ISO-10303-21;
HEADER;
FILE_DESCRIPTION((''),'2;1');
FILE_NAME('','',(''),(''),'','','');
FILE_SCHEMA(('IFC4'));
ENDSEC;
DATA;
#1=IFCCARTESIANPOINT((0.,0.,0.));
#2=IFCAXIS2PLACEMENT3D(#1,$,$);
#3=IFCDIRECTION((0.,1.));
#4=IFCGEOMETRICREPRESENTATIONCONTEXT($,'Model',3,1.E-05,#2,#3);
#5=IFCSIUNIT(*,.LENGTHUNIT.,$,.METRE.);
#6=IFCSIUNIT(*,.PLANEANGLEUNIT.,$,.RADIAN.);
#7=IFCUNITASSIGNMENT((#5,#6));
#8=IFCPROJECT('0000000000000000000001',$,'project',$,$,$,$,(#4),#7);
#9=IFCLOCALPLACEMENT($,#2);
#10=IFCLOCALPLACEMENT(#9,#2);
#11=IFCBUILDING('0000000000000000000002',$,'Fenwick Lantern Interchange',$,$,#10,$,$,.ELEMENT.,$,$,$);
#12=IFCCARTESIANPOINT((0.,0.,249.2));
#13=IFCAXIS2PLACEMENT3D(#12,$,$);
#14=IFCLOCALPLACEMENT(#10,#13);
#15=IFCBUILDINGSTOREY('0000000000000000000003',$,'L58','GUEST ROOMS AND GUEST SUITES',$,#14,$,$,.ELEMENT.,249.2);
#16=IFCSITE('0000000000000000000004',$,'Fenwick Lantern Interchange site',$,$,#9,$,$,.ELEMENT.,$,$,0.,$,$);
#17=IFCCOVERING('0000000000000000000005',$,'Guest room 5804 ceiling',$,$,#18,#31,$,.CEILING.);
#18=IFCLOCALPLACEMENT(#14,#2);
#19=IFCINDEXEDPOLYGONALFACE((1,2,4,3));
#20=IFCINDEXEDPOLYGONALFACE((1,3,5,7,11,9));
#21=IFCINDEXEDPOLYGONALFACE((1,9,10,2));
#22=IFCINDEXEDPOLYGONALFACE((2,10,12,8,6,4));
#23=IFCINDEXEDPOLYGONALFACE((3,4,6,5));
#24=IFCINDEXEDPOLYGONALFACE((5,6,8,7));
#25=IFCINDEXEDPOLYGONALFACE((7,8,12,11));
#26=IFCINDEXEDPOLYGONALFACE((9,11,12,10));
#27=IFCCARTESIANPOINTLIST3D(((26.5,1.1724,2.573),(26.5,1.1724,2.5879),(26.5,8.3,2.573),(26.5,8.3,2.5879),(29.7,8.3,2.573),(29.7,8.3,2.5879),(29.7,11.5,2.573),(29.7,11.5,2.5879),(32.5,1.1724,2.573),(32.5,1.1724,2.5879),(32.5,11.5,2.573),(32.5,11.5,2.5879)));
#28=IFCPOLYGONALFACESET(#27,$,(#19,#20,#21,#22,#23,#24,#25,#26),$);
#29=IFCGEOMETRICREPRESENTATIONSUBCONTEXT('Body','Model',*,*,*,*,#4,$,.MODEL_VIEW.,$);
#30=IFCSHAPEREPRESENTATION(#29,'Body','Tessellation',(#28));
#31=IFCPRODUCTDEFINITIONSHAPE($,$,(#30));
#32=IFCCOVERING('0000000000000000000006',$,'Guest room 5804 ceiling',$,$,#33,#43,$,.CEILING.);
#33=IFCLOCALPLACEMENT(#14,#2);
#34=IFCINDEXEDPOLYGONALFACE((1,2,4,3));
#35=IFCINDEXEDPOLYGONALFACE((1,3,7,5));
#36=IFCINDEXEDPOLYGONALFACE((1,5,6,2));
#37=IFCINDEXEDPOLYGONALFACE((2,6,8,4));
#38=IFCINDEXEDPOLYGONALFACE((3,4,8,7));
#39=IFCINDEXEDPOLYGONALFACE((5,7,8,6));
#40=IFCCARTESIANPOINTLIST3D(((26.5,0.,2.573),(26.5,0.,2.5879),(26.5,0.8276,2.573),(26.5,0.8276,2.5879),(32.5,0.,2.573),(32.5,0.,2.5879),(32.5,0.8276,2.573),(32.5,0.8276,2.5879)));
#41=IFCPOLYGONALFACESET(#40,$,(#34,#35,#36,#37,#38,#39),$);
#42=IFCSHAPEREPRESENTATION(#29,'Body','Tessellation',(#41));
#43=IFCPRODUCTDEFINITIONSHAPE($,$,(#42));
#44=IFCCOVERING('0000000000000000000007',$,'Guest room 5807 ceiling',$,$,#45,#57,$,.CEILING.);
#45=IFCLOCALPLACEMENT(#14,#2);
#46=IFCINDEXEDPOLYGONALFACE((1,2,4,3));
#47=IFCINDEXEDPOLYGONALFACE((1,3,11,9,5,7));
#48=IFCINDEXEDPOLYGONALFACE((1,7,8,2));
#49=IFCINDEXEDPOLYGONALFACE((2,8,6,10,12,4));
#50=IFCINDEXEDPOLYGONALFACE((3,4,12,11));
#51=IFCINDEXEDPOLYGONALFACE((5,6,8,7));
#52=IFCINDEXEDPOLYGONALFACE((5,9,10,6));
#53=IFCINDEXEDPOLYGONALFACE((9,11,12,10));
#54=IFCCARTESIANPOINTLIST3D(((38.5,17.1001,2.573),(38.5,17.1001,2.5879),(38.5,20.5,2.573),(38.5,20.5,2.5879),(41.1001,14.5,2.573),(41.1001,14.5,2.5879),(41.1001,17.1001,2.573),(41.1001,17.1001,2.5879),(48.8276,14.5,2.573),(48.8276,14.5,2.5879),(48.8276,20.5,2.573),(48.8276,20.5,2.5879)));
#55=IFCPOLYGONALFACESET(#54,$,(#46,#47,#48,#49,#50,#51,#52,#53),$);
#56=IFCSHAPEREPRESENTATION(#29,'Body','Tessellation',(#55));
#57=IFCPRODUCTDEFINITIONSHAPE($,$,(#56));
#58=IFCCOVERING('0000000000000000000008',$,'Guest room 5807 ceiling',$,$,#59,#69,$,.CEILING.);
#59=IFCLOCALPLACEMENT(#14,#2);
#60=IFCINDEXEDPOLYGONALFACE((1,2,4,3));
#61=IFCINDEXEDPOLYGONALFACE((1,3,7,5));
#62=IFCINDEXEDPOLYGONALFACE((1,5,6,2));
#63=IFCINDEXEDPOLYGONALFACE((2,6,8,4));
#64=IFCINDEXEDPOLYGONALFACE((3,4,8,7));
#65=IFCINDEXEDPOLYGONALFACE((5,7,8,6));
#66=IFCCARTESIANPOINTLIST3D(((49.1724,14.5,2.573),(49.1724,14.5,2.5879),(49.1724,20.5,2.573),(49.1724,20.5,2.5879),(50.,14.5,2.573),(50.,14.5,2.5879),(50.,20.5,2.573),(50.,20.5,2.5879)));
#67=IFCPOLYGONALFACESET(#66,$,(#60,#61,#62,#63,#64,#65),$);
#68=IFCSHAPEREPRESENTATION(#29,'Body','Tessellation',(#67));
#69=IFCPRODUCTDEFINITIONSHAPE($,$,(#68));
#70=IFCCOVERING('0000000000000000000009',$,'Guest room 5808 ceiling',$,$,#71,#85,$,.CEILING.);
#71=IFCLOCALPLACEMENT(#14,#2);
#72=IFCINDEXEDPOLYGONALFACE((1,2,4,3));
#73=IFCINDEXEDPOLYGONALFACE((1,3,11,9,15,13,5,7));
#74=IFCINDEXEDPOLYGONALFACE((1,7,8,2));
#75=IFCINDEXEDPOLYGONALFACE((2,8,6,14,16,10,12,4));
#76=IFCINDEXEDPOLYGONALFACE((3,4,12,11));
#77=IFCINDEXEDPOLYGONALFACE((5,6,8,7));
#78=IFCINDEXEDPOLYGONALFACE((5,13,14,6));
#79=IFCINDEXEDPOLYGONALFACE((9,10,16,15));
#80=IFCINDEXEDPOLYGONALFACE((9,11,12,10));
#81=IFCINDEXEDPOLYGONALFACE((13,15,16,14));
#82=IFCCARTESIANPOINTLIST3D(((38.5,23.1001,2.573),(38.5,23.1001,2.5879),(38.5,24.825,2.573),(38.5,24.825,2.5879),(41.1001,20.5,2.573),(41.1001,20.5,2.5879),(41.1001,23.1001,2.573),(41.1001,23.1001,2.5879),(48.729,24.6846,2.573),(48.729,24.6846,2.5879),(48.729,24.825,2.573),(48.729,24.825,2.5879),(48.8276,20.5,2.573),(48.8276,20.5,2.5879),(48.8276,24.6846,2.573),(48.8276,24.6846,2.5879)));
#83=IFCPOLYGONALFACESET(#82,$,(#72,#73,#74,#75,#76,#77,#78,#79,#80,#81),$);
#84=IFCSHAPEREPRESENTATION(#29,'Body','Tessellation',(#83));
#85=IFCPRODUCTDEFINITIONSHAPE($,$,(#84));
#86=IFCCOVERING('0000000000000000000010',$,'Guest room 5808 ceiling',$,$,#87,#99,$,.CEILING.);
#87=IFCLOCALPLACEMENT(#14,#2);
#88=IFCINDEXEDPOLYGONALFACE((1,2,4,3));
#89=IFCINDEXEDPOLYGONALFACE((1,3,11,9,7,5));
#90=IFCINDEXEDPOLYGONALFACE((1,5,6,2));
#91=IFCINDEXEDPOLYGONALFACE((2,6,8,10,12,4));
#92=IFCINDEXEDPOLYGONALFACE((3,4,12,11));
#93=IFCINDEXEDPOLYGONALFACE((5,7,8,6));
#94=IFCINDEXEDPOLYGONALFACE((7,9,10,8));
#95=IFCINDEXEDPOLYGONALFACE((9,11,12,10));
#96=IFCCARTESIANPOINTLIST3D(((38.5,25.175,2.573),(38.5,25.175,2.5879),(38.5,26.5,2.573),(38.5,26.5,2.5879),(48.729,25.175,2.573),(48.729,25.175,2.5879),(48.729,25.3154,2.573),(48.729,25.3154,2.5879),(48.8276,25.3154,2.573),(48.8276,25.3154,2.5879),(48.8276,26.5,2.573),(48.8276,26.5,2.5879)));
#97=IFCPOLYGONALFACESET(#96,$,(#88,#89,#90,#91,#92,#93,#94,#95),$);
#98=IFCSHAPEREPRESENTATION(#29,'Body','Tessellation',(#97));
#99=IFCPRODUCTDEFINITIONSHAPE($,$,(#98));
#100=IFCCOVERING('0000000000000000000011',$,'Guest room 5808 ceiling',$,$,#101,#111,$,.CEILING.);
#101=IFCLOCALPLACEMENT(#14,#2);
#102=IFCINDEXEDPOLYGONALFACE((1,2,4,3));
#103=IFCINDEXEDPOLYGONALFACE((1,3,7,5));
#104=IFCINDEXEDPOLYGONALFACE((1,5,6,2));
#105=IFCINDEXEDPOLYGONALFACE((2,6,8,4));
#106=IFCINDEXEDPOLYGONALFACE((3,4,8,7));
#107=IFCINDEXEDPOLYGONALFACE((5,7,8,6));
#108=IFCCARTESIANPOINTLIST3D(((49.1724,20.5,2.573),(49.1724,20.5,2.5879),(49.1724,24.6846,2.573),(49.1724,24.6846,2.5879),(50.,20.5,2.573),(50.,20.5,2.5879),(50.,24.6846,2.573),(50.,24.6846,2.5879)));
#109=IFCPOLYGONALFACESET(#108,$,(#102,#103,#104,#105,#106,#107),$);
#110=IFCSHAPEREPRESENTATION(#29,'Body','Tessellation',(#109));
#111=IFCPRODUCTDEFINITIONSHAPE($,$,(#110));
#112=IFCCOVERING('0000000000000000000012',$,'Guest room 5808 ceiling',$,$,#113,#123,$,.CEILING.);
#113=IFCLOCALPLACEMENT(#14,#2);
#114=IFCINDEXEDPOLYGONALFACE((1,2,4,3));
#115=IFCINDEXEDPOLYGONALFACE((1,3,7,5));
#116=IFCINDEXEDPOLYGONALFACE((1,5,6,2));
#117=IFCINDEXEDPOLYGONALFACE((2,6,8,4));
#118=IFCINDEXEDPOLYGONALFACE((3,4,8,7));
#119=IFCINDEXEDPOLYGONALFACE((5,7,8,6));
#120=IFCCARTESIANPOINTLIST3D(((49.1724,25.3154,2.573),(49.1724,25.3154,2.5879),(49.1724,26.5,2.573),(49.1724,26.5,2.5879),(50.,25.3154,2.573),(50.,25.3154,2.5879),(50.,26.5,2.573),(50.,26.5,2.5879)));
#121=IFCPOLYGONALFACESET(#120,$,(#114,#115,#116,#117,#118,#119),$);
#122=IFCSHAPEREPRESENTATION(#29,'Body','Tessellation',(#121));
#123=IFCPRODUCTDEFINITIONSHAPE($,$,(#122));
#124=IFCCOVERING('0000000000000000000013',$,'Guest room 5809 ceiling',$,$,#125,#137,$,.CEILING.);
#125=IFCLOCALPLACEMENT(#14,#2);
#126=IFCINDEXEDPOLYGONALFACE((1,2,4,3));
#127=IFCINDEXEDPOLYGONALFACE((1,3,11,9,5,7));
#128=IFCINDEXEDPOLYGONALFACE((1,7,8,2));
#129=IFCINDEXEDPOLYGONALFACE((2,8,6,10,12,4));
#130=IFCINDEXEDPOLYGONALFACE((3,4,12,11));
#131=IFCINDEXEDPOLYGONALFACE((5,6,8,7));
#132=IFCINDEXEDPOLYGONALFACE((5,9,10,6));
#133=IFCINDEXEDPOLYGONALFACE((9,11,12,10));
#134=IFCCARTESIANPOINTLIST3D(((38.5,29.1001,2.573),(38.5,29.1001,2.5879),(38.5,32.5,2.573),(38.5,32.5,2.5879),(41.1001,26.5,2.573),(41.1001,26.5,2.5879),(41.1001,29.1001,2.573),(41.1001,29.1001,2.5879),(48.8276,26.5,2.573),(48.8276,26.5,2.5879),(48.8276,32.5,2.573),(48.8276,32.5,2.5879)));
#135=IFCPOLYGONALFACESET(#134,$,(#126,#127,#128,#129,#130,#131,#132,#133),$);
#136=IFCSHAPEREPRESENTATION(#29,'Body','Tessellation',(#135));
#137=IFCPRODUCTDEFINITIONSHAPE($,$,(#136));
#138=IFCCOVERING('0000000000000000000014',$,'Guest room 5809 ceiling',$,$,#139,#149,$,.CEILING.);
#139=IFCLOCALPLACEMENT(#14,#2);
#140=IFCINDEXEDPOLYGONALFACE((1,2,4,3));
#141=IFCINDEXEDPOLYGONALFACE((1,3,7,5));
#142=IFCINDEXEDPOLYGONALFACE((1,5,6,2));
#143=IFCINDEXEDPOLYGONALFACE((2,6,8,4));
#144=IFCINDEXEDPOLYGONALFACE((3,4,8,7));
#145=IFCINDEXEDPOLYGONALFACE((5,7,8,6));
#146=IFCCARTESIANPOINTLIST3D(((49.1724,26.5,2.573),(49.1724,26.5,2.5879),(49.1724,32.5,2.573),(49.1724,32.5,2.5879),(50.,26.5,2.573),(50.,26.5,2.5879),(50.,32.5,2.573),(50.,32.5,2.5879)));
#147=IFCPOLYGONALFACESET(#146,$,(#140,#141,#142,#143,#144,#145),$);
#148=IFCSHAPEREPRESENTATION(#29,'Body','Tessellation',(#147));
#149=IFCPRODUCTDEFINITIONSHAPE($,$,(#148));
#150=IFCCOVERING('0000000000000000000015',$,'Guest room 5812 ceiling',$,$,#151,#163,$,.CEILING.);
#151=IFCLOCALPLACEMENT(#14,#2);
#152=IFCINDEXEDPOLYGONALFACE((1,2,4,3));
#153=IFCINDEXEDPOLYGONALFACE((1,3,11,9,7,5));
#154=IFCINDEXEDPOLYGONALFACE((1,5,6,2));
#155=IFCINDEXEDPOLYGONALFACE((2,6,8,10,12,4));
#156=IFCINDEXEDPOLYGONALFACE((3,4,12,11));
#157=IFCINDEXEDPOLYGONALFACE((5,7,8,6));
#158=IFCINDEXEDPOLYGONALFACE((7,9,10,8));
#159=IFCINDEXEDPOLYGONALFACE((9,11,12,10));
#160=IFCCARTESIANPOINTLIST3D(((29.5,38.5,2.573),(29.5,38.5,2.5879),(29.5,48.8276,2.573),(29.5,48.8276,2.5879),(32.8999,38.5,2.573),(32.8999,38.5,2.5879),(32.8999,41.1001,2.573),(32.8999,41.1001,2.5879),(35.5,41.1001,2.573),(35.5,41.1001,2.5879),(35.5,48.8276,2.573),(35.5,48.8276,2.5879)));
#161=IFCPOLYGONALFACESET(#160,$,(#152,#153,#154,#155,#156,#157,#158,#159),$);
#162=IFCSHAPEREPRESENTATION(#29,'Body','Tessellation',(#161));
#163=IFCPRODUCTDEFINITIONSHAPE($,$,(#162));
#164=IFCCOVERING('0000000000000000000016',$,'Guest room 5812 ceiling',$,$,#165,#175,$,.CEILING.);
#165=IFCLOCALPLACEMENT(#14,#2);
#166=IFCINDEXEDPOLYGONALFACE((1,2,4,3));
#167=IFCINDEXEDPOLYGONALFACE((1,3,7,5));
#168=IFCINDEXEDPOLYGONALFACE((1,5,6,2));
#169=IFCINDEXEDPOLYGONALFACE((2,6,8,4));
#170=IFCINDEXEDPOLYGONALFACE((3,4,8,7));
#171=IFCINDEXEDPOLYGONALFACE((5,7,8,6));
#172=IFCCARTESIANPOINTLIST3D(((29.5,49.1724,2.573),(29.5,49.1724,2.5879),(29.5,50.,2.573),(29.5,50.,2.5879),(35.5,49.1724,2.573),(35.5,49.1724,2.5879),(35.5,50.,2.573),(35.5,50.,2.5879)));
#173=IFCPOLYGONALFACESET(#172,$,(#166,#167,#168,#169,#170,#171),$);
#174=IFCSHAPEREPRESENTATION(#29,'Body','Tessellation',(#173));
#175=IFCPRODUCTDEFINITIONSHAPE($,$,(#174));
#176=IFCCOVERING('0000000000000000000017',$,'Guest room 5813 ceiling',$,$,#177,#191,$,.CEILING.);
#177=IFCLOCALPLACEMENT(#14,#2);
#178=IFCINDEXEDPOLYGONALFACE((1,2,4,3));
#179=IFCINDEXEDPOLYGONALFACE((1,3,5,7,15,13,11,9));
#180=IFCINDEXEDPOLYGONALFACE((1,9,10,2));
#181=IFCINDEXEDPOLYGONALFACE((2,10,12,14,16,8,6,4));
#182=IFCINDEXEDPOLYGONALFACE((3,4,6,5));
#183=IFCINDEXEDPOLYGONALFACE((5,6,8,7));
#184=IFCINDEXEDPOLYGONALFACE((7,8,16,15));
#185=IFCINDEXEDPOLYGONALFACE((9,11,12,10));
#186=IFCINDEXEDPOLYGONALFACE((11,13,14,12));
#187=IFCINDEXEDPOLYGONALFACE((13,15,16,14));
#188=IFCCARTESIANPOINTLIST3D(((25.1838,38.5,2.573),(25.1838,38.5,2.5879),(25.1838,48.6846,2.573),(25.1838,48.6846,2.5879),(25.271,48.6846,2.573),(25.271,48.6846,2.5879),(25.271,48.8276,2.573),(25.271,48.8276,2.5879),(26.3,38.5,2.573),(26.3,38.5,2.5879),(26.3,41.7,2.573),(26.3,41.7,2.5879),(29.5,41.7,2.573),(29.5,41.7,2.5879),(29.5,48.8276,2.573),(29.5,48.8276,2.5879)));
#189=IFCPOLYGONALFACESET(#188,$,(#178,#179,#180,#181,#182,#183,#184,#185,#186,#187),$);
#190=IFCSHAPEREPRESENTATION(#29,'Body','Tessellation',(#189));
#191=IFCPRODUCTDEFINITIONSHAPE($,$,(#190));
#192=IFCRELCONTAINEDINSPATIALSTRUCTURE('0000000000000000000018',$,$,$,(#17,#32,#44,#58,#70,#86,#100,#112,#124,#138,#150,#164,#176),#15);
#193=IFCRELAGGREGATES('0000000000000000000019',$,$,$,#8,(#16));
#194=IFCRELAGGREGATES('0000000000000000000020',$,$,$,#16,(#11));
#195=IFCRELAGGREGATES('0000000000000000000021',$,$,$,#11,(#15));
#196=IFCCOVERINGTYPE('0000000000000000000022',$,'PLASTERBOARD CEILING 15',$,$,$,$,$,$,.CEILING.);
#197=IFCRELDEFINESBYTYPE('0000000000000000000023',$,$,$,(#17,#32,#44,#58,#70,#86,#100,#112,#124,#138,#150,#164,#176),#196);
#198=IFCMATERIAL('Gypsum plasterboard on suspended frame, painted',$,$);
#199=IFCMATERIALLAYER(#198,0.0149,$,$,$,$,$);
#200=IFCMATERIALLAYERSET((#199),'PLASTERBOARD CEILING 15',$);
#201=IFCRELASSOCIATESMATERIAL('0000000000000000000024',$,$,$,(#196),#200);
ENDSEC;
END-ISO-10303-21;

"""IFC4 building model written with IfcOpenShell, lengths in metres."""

from ifc_helpers import new_model, si_unit, direction, frame, origin, place, context, subcontext, project, spatial, polyline, outline, extrude, material, layer, layer_set, type_object, element, save


model = new_model("IFC4")

# Units and contexts
model_context = context("Model", 3, precision=1e-05, world=origin(), true_north=direction((0.0, 1.0)))
body_context = subcontext(model_context, "Body", "Model", "MODEL_VIEW")
ifc_project = project(units=[si_unit("LENGTHUNIT", "METRE"), si_unit("PLANEANGLEUNIT", "RADIAN")], contexts=[model_context])

# Site, building, storey
site_placement = place(None, origin())
site = spatial("IfcSite", under=ifc_project, at=site_placement, Name="Fenwick Lantern Interchange site", CompositionType="ELEMENT", RefElevation=0.0)
building_placement = place(site_placement, origin())
building = spatial("IfcBuilding", under=site, at=building_placement, Name="Fenwick Lantern Interchange", CompositionType="ELEMENT")
storey_placement = place(building_placement, frame((0.0, 0.0, 249.2)))
storey = spatial("IfcBuildingStorey", under=building, at=storey_placement, Name="L58", Description="GUEST ROOMS AND GUEST SUITES", CompositionType="ELEMENT", Elevation=249.2)

# Coverings
ifc_material_1 = material(Name="Gypsum plasterboard on suspended frame, painted")
ifc_layer_1 = layer(ifc_material_1, 0.0149)
ifc_layer_set_1 = layer_set([ifc_layer_1], Name="PLASTERBOARD CEILING 15")
covering_type_1 = type_object("IfcCoveringType", Name="PLASTERBOARD CEILING 15", PredefinedType="CEILING", material=ifc_layer_set_1)
covering_1_placement = place(storey_placement, frame((0.0, 0.0, 2.573)))
element("IfcCovering", 1, at=covering_1_placement, inside=storey, type_object=covering_type_1, Name="Guest room 5804 ceiling", PredefinedType="CEILING", context=body_context, shape_type="SweptSolid", body=[
    extrude(outline(polyline([(32.5, 1.1724), (32.5, 11.5), (29.7, 11.5), (29.7, 8.3), (26.5, 8.3), (26.5, 1.1724), (32.5, 1.1724)])), origin(), (0.0, 0.0, 1.0), 0.0149),
])
covering_2_placement = place(storey_placement, frame((0.0, 0.0, 2.573)))
element("IfcCovering", 2, at=covering_2_placement, inside=storey, type_object=covering_type_1, Name="Guest room 5804 ceiling", PredefinedType="CEILING", context=body_context, shape_type="SweptSolid", body=[
    extrude(outline(polyline([(32.5, 0.0), (32.5, 0.8276), (26.5, 0.8276), (26.5, 0.0), (32.5, 0.0)])), origin(), (0.0, 0.0, 1.0), 0.0149),
])
covering_3_placement = place(storey_placement, frame((0.0, 0.0, 2.573)))
element("IfcCovering", 3, at=covering_3_placement, inside=storey, type_object=covering_type_1, Name="Guest room 5807 ceiling", PredefinedType="CEILING", context=body_context, shape_type="SweptSolid", body=[
    extrude(outline(polyline([(48.8276, 20.5), (38.5, 20.5), (38.5, 17.1001), (41.1001, 17.1001), (41.1001, 14.5), (48.8276, 14.5), (48.8276, 20.5)])), origin(), (0.0, 0.0, 1.0), 0.0149),
])
covering_4_placement = place(storey_placement, frame((0.0, 0.0, 2.573)))
element("IfcCovering", 4, at=covering_4_placement, inside=storey, type_object=covering_type_1, Name="Guest room 5807 ceiling", PredefinedType="CEILING", context=body_context, shape_type="SweptSolid", body=[
    extrude(outline(polyline([(50.0, 20.5), (49.1724, 20.5), (49.1724, 14.5), (50.0, 14.5), (50.0, 20.5)])), origin(), (0.0, 0.0, 1.0), 0.0149),
])
covering_5_placement = place(storey_placement, frame((0.0, 0.0, 2.573)))
element("IfcCovering", 5, at=covering_5_placement, inside=storey, type_object=covering_type_1, Name="Guest room 5808 ceiling", PredefinedType="CEILING", context=body_context, shape_type="SweptSolid", body=[
    extrude(outline(polyline([(48.729, 24.6846), (48.729, 24.825), (38.5, 24.825), (38.5, 23.1001), (41.1001, 23.1001), (41.1001, 20.5), (48.8276, 20.5), (48.8276, 24.6846), (48.729, 24.6846)])), origin(), (0.0, 0.0, 1.0), 0.0149),
])
covering_6_placement = place(storey_placement, frame((0.0, 0.0, 2.573)))
element("IfcCovering", 6, at=covering_6_placement, inside=storey, type_object=covering_type_1, Name="Guest room 5808 ceiling", PredefinedType="CEILING", context=body_context, shape_type="SweptSolid", body=[
    extrude(outline(polyline([(48.729, 25.3154), (48.8276, 25.3154), (48.8276, 26.5), (38.5, 26.5), (38.5, 25.175), (48.729, 25.175), (48.729, 25.3154)])), origin(), (0.0, 0.0, 1.0), 0.0149),
])
covering_7_placement = place(storey_placement, frame((0.0, 0.0, 2.573)))
element("IfcCovering", 7, at=covering_7_placement, inside=storey, type_object=covering_type_1, Name="Guest room 5808 ceiling", PredefinedType="CEILING", context=body_context, shape_type="SweptSolid", body=[
    extrude(outline(polyline([(50.0, 24.6846), (49.1724, 24.6846), (49.1724, 20.5), (50.0, 20.5), (50.0, 24.6846)])), origin(), (0.0, 0.0, 1.0), 0.0149),
])
covering_8_placement = place(storey_placement, frame((0.0, 0.0, 2.573)))
element("IfcCovering", 8, at=covering_8_placement, inside=storey, type_object=covering_type_1, Name="Guest room 5808 ceiling", PredefinedType="CEILING", context=body_context, shape_type="SweptSolid", body=[
    extrude(outline(polyline([(50.0, 25.3154), (50.0, 26.5), (49.1724, 26.5), (49.1724, 25.3154), (50.0, 25.3154)])), origin(), (0.0, 0.0, 1.0), 0.0149),
])
covering_9_placement = place(storey_placement, frame((0.0, 0.0, 2.573)))
element("IfcCovering", 9, at=covering_9_placement, inside=storey, type_object=covering_type_1, Name="Guest room 5809 ceiling", PredefinedType="CEILING", context=body_context, shape_type="SweptSolid", body=[
    extrude(outline(polyline([(48.8276, 32.5), (38.5, 32.5), (38.5, 29.1001), (41.1001, 29.1001), (41.1001, 26.5), (48.8276, 26.5), (48.8276, 32.5)])), origin(), (0.0, 0.0, 1.0), 0.0149),
])
covering_10_placement = place(storey_placement, frame((0.0, 0.0, 2.573)))
element("IfcCovering", 10, at=covering_10_placement, inside=storey, type_object=covering_type_1, Name="Guest room 5809 ceiling", PredefinedType="CEILING", context=body_context, shape_type="SweptSolid", body=[
    extrude(outline(polyline([(50.0, 32.5), (49.1724, 32.5), (49.1724, 26.5), (50.0, 26.5), (50.0, 32.5)])), origin(), (0.0, 0.0, 1.0), 0.0149),
])
covering_11_placement = place(storey_placement, frame((0.0, 0.0, 2.573)))
element("IfcCovering", 11, at=covering_11_placement, inside=storey, type_object=covering_type_1, Name="Guest room 5812 ceiling", PredefinedType="CEILING", context=body_context, shape_type="SweptSolid", body=[
    extrude(outline(polyline([(29.5, 48.8276), (29.5, 38.5), (32.8999, 38.5), (32.8999, 41.1001), (35.5, 41.1001), (35.5, 48.8276), (29.5, 48.8276)])), origin(), (0.0, 0.0, 1.0), 0.0149),
])
covering_12_placement = place(storey_placement, frame((0.0, 0.0, 2.573)))
element("IfcCovering", 12, at=covering_12_placement, inside=storey, type_object=covering_type_1, Name="Guest room 5812 ceiling", PredefinedType="CEILING", context=body_context, shape_type="SweptSolid", body=[
    extrude(outline(polyline([(29.5, 50.0), (29.5, 49.1724), (35.5, 49.1724), (35.5, 50.0), (29.5, 50.0)])), origin(), (0.0, 0.0, 1.0), 0.0149),
])
covering_13_placement = place(storey_placement, frame((0.0, 0.0, 2.573)))
element("IfcCovering", 13, at=covering_13_placement, inside=storey, type_object=covering_type_1, Name="Guest room 5813 ceiling", PredefinedType="CEILING", context=body_context, shape_type="SweptSolid", body=[
    extrude(outline(polyline([(25.271, 48.6846), (25.1838, 48.6846), (25.1838, 38.5), (26.3, 38.5), (26.3, 41.7), (29.5, 41.7), (29.5, 48.8276), (25.271, 48.8276), (25.271, 48.6846)])), origin(), (0.0, 0.0, 1.0), 0.0149),
])

save(model, "model.ifc")
